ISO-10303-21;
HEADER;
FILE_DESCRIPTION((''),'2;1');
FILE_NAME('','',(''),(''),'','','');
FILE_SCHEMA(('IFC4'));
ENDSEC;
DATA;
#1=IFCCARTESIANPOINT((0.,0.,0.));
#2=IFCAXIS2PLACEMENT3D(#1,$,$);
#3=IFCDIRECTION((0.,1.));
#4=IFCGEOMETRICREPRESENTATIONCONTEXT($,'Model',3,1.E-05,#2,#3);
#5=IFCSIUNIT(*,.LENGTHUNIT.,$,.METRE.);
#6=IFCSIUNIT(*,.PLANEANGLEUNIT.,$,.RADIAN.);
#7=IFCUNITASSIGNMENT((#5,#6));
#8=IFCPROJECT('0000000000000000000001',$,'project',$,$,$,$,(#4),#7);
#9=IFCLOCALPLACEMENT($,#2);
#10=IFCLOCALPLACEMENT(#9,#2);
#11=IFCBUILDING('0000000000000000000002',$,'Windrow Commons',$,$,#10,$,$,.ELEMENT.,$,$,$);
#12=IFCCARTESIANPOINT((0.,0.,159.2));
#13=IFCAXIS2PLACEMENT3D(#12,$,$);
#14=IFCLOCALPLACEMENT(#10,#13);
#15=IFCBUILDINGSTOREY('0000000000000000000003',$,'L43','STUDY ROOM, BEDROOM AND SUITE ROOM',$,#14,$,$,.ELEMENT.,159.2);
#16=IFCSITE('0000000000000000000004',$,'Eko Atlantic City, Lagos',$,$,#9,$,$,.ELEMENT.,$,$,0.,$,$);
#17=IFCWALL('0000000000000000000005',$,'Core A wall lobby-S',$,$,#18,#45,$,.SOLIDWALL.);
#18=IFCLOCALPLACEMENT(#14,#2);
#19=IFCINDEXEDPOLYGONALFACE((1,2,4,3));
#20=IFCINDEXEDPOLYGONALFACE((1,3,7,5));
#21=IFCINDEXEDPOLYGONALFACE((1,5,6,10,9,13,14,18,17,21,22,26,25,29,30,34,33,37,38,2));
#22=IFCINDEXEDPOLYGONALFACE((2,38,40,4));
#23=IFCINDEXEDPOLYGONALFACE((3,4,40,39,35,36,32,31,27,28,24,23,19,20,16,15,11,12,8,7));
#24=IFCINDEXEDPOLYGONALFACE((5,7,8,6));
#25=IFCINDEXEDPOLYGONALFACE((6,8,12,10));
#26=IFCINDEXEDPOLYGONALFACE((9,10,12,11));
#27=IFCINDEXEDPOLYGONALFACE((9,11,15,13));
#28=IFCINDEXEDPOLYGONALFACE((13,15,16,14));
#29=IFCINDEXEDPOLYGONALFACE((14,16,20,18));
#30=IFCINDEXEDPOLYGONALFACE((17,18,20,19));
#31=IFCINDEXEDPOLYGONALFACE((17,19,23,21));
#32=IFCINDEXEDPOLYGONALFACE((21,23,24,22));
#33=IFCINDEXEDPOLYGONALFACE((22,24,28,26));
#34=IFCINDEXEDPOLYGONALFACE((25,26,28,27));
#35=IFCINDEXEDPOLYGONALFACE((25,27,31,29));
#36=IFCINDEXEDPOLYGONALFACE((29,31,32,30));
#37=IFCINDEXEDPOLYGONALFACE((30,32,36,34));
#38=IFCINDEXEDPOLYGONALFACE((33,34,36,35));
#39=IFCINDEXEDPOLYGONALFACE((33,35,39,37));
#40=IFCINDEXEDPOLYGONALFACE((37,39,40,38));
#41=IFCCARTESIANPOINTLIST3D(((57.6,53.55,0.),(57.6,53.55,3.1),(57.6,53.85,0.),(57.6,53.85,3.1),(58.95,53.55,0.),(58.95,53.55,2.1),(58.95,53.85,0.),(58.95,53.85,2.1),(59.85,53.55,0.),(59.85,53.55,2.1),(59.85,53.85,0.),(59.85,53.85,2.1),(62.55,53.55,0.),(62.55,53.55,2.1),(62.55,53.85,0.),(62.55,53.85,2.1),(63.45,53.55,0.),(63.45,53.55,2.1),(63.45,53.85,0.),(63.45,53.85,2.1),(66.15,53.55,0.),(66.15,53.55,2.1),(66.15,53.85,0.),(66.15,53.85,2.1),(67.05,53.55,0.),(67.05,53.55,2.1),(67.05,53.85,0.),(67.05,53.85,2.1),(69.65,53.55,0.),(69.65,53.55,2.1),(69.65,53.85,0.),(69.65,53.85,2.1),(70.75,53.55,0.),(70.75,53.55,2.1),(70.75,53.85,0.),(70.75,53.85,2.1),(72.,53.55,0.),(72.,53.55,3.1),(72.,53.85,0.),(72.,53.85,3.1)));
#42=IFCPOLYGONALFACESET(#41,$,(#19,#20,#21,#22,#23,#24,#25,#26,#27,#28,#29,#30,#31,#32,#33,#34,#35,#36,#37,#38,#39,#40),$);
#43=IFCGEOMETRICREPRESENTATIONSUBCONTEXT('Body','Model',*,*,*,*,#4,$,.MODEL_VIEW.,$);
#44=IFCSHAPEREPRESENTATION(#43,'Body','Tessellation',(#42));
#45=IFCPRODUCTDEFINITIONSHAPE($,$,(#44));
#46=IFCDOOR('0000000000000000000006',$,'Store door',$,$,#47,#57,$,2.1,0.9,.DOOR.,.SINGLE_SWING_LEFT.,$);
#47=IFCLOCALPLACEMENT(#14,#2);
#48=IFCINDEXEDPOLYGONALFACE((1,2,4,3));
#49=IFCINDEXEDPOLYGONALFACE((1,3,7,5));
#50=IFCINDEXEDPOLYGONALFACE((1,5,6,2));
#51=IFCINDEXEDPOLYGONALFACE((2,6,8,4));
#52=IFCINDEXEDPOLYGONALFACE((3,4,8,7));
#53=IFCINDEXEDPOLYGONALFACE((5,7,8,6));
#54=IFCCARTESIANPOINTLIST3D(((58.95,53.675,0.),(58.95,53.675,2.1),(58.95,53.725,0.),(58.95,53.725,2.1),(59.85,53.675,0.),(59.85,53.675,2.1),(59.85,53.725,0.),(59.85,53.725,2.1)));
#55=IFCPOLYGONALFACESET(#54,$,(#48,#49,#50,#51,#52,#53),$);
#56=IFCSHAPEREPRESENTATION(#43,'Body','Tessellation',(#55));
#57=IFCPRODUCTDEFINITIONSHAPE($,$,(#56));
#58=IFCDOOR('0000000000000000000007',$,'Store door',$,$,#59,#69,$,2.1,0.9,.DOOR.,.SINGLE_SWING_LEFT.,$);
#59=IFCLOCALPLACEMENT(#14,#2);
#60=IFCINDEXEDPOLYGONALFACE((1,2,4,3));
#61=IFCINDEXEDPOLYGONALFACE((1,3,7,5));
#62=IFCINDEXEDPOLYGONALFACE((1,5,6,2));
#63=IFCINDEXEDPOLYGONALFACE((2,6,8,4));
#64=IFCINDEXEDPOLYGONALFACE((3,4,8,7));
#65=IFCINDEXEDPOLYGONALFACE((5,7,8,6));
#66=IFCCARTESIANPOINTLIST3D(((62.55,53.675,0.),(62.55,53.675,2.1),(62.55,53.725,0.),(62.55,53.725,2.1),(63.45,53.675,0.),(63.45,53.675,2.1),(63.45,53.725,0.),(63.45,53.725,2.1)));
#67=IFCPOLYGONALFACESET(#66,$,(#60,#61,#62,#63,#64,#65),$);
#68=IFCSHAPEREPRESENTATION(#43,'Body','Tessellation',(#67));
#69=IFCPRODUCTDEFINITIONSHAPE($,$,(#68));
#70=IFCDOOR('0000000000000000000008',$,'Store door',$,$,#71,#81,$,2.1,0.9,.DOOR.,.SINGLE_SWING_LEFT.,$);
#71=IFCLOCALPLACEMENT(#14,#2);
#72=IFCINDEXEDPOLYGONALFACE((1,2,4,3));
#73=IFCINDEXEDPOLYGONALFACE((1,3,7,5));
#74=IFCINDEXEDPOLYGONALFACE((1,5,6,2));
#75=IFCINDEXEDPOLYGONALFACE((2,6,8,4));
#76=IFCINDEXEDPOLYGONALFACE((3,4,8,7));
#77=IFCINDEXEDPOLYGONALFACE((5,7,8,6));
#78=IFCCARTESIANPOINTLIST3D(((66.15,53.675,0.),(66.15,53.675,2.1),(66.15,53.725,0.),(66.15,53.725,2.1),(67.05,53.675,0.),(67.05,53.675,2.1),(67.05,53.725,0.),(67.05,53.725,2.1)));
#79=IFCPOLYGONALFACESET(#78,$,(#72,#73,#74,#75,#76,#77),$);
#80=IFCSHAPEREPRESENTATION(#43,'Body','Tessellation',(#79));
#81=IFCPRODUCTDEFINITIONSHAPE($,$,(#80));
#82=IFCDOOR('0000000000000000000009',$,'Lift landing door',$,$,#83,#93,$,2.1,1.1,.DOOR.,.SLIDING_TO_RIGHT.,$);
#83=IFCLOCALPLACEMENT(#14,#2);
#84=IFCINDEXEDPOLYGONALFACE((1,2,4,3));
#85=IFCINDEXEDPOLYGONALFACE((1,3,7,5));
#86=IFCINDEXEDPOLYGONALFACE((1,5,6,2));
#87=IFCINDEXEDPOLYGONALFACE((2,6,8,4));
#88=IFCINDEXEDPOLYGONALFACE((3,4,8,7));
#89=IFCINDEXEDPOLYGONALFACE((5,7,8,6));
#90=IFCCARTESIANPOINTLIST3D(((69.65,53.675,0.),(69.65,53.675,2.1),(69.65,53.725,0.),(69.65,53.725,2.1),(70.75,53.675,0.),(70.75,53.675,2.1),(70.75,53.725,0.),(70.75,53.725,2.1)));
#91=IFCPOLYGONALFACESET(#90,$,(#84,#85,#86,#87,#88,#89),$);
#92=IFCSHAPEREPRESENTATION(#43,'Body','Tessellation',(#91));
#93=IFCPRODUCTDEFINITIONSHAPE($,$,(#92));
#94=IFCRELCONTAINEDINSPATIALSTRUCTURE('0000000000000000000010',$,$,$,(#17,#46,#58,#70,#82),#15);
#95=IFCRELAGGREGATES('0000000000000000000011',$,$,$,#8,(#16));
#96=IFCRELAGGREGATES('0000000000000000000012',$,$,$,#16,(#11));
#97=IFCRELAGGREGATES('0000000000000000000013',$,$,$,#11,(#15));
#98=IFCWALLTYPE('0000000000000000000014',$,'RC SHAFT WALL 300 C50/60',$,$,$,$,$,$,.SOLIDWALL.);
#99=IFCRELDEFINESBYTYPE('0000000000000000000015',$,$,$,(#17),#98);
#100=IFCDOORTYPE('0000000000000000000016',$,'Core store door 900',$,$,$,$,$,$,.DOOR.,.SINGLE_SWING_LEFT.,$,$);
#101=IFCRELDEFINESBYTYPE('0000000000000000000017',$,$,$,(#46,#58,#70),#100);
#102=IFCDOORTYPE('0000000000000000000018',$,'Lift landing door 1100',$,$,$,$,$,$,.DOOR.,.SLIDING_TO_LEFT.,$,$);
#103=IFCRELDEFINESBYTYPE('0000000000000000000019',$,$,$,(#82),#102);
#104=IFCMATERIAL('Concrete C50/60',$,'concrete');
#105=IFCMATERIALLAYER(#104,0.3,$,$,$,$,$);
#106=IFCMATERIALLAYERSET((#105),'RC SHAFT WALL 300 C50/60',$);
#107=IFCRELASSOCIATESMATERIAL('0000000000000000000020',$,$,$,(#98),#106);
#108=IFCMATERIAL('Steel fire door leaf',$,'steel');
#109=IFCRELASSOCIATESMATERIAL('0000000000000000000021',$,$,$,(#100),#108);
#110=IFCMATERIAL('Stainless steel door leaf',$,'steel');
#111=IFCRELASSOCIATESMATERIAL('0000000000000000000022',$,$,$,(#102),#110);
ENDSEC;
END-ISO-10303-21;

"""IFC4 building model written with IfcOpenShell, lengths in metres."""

from ifc_helpers import new_model, si_unit, direction, frame, frame_2d, origin, place, context, subcontext, project, spatial, rectangle, extrude, material, layer, layer_set, type_object, element, fill, save


model = new_model("IFC4")

# Units and contexts
model_context = context("Model", 3, precision=1e-05, world=origin(), true_north=direction((0.0, 1.0)))
body_context = subcontext(model_context, "Body", "Model", "MODEL_VIEW")
ifc_project = project(units=[si_unit("LENGTHUNIT", "METRE"), si_unit("PLANEANGLEUNIT", "RADIAN")], contexts=[model_context])

# Site, building, storey
site_placement = place(None, origin())
site = spatial("IfcSite", under=ifc_project, at=site_placement, Name="Eko Atlantic City, Lagos", CompositionType="ELEMENT", RefElevation=0.0)
building_placement = place(site_placement, origin())
building = spatial("IfcBuilding", under=site, at=building_placement, Name="Windrow Commons", CompositionType="ELEMENT")
storey_placement = place(building_placement, frame((0.0, 0.0, 159.2)))
storey = spatial("IfcBuildingStorey", under=building, at=storey_placement, Name="L43", Description="STUDY ROOM, BEDROOM AND SUITE ROOM", CompositionType="ELEMENT", Elevation=159.2)

# Wall, openings, doors
ifc_material_1 = material(Name="Concrete C50/60", Category="concrete")
ifc_layer_1 = layer(ifc_material_1, 0.3)
ifc_layer_set_1 = layer_set([ifc_layer_1], Name="RC SHAFT WALL 300 C50/60")
wall_type_1 = type_object("IfcWallType", Name="RC SHAFT WALL 300 C50/60", PredefinedType="SOLIDWALL", material=ifc_layer_set_1)
wall_1_placement = place(storey_placement, frame((57.6, 53.7, 0.0), z_axis=(0.0, 0.0, 1.0), x_axis=(1.0, 0.0, 0.0)))
wall_1 = element("IfcWall", 1, at=wall_1_placement, inside=storey, type_object=wall_type_1, Name="Core A wall lobby-S", PredefinedType="SOLIDWALL", context=body_context, shape_type="SweptSolid", body=[
    extrude(rectangle(XDim=14.4, YDim=0.3, at=frame_2d((7.2, 0.0))), origin(), (0.0, 0.0, 1.0), 3.1),
])
opening_1_placement = place(wall_1_placement, frame((1.35, 0.0, 0.0)))
opening_1 = element("IfcOpeningElement", 2, at=opening_1_placement, cuts=wall_1, PredefinedType="OPENING", context=body_context, shape_type="SweptSolid", body=[
    extrude(rectangle(XDim=0.9, YDim=2.1, at=frame_2d((0.45, 1.05))), frame((0.0, 0.16, 0.0), z_axis=(0.0, -1.0, 0.0), x_axis=(1.0, 0.0, 0.0)), (0.0, 0.0, 1.0), 0.32),
])
opening_2_placement = place(wall_1_placement, frame((4.95, 0.0, 0.0)))
opening_2 = element("IfcOpeningElement", 3, at=opening_2_placement, cuts=wall_1, PredefinedType="OPENING", context=body_context, shape_type="SweptSolid", body=[
    extrude(rectangle(XDim=0.9, YDim=2.1, at=frame_2d((0.45, 1.05))), frame((0.0, 0.16, 0.0), z_axis=(0.0, -1.0, 0.0), x_axis=(1.0, 0.0, 0.0)), (0.0, 0.0, 1.0), 0.32),
])
opening_3_placement = place(wall_1_placement, frame((8.55, 0.0, 0.0)))
opening_3 = element("IfcOpeningElement", 4, at=opening_3_placement, cuts=wall_1, PredefinedType="OPENING", context=body_context, shape_type="SweptSolid", body=[
    extrude(rectangle(XDim=0.9, YDim=2.1, at=frame_2d((0.45, 1.05))), frame((0.0, 0.16, 0.0), z_axis=(0.0, -1.0, 0.0), x_axis=(1.0, 0.0, 0.0)), (0.0, 0.0, 1.0), 0.32),
])
opening_4_placement = place(wall_1_placement, frame((12.05, 0.0, 0.0)))
opening_4 = element("IfcOpeningElement", 5, at=opening_4_placement, cuts=wall_1, PredefinedType="OPENING", context=body_context, shape_type="SweptSolid", body=[
    extrude(rectangle(XDim=1.1, YDim=2.1, at=frame_2d((0.55, 1.05))), frame((0.0, 0.16, 0.0), z_axis=(0.0, -1.0, 0.0), x_axis=(1.0, 0.0, 0.0)), (0.0, 0.0, 1.0), 0.32),
])
ifc_material_2 = material(Name="Steel fire door leaf", Category="steel")
door_type_1 = type_object("IfcDoorType", Name="Core store door 900", OperationType="SINGLE_SWING_LEFT", PredefinedType="DOOR", material=ifc_material_2)
door_1_placement = place(opening_1_placement, origin())
door_1 = element("IfcDoor", 6, at=door_1_placement, inside=storey, type_object=door_type_1, Name="Store door", OperationType="SINGLE_SWING_LEFT", OverallHeight=2.1, OverallWidth=0.9, PredefinedType="DOOR", context=body_context, shape_type="SweptSolid", body=[
    extrude(rectangle(XDim=0.9, YDim=2.1, at=frame_2d((0.45, 1.05))), frame((0.0, 0.025, 0.0), z_axis=(0.0, -1.0, 0.0), x_axis=(1.0, 0.0, 0.0)), (0.0, 0.0, 1.0), 0.05),
])
fill(opening_1, door_1)
door_2_placement = place(opening_2_placement, origin())
door_2 = element("IfcDoor", 7, at=door_2_placement, inside=storey, type_object=door_type_1, Name="Store door", OperationType="SINGLE_SWING_LEFT", OverallHeight=2.1, OverallWidth=0.9, PredefinedType="DOOR", context=body_context, shape_type="SweptSolid", body=[
    extrude(rectangle(XDim=0.9, YDim=2.1, at=frame_2d((0.45, 1.05))), frame((0.0, 0.025, 0.0), z_axis=(0.0, -1.0, 0.0), x_axis=(1.0, 0.0, 0.0)), (0.0, 0.0, 1.0), 0.05),
])
fill(opening_2, door_2)
door_3_placement = place(opening_3_placement, origin())
door_3 = element("IfcDoor", 8, at=door_3_placement, inside=storey, type_object=door_type_1, Name="Store door", OperationType="SINGLE_SWING_LEFT", OverallHeight=2.1, OverallWidth=0.9, PredefinedType="DOOR", context=body_context, shape_type="SweptSolid", body=[
    extrude(rectangle(XDim=0.9, YDim=2.1, at=frame_2d((0.45, 1.05))), frame((0.0, 0.025, 0.0), z_axis=(0.0, -1.0, 0.0), x_axis=(1.0, 0.0, 0.0)), (0.0, 0.0, 1.0), 0.05),
])
fill(opening_3, door_3)
ifc_material_3 = material(Name="Stainless steel door leaf", Category="steel")
door_type_2 = type_object("IfcDoorType", Name="Lift landing door 1100", OperationType="SLIDING_TO_LEFT", PredefinedType="DOOR", material=ifc_material_3)
door_4_placement = place(opening_4_placement, origin())
door_4 = element("IfcDoor", 9, at=door_4_placement, inside=storey, type_object=door_type_2, Name="Lift landing door", OperationType="SLIDING_TO_RIGHT", OverallHeight=2.1, OverallWidth=1.1, PredefinedType="DOOR", context=body_context, shape_type="SweptSolid", body=[
    extrude(rectangle(XDim=1.1, YDim=2.1, at=frame_2d((0.55, 1.05))), frame((0.0, 0.025, 0.0), z_axis=(0.0, -1.0, 0.0), x_axis=(1.0, 0.0, 0.0)), (0.0, 0.0, 1.0), 0.05),
])
fill(opening_4, door_4)

save(model, "model.ifc")
